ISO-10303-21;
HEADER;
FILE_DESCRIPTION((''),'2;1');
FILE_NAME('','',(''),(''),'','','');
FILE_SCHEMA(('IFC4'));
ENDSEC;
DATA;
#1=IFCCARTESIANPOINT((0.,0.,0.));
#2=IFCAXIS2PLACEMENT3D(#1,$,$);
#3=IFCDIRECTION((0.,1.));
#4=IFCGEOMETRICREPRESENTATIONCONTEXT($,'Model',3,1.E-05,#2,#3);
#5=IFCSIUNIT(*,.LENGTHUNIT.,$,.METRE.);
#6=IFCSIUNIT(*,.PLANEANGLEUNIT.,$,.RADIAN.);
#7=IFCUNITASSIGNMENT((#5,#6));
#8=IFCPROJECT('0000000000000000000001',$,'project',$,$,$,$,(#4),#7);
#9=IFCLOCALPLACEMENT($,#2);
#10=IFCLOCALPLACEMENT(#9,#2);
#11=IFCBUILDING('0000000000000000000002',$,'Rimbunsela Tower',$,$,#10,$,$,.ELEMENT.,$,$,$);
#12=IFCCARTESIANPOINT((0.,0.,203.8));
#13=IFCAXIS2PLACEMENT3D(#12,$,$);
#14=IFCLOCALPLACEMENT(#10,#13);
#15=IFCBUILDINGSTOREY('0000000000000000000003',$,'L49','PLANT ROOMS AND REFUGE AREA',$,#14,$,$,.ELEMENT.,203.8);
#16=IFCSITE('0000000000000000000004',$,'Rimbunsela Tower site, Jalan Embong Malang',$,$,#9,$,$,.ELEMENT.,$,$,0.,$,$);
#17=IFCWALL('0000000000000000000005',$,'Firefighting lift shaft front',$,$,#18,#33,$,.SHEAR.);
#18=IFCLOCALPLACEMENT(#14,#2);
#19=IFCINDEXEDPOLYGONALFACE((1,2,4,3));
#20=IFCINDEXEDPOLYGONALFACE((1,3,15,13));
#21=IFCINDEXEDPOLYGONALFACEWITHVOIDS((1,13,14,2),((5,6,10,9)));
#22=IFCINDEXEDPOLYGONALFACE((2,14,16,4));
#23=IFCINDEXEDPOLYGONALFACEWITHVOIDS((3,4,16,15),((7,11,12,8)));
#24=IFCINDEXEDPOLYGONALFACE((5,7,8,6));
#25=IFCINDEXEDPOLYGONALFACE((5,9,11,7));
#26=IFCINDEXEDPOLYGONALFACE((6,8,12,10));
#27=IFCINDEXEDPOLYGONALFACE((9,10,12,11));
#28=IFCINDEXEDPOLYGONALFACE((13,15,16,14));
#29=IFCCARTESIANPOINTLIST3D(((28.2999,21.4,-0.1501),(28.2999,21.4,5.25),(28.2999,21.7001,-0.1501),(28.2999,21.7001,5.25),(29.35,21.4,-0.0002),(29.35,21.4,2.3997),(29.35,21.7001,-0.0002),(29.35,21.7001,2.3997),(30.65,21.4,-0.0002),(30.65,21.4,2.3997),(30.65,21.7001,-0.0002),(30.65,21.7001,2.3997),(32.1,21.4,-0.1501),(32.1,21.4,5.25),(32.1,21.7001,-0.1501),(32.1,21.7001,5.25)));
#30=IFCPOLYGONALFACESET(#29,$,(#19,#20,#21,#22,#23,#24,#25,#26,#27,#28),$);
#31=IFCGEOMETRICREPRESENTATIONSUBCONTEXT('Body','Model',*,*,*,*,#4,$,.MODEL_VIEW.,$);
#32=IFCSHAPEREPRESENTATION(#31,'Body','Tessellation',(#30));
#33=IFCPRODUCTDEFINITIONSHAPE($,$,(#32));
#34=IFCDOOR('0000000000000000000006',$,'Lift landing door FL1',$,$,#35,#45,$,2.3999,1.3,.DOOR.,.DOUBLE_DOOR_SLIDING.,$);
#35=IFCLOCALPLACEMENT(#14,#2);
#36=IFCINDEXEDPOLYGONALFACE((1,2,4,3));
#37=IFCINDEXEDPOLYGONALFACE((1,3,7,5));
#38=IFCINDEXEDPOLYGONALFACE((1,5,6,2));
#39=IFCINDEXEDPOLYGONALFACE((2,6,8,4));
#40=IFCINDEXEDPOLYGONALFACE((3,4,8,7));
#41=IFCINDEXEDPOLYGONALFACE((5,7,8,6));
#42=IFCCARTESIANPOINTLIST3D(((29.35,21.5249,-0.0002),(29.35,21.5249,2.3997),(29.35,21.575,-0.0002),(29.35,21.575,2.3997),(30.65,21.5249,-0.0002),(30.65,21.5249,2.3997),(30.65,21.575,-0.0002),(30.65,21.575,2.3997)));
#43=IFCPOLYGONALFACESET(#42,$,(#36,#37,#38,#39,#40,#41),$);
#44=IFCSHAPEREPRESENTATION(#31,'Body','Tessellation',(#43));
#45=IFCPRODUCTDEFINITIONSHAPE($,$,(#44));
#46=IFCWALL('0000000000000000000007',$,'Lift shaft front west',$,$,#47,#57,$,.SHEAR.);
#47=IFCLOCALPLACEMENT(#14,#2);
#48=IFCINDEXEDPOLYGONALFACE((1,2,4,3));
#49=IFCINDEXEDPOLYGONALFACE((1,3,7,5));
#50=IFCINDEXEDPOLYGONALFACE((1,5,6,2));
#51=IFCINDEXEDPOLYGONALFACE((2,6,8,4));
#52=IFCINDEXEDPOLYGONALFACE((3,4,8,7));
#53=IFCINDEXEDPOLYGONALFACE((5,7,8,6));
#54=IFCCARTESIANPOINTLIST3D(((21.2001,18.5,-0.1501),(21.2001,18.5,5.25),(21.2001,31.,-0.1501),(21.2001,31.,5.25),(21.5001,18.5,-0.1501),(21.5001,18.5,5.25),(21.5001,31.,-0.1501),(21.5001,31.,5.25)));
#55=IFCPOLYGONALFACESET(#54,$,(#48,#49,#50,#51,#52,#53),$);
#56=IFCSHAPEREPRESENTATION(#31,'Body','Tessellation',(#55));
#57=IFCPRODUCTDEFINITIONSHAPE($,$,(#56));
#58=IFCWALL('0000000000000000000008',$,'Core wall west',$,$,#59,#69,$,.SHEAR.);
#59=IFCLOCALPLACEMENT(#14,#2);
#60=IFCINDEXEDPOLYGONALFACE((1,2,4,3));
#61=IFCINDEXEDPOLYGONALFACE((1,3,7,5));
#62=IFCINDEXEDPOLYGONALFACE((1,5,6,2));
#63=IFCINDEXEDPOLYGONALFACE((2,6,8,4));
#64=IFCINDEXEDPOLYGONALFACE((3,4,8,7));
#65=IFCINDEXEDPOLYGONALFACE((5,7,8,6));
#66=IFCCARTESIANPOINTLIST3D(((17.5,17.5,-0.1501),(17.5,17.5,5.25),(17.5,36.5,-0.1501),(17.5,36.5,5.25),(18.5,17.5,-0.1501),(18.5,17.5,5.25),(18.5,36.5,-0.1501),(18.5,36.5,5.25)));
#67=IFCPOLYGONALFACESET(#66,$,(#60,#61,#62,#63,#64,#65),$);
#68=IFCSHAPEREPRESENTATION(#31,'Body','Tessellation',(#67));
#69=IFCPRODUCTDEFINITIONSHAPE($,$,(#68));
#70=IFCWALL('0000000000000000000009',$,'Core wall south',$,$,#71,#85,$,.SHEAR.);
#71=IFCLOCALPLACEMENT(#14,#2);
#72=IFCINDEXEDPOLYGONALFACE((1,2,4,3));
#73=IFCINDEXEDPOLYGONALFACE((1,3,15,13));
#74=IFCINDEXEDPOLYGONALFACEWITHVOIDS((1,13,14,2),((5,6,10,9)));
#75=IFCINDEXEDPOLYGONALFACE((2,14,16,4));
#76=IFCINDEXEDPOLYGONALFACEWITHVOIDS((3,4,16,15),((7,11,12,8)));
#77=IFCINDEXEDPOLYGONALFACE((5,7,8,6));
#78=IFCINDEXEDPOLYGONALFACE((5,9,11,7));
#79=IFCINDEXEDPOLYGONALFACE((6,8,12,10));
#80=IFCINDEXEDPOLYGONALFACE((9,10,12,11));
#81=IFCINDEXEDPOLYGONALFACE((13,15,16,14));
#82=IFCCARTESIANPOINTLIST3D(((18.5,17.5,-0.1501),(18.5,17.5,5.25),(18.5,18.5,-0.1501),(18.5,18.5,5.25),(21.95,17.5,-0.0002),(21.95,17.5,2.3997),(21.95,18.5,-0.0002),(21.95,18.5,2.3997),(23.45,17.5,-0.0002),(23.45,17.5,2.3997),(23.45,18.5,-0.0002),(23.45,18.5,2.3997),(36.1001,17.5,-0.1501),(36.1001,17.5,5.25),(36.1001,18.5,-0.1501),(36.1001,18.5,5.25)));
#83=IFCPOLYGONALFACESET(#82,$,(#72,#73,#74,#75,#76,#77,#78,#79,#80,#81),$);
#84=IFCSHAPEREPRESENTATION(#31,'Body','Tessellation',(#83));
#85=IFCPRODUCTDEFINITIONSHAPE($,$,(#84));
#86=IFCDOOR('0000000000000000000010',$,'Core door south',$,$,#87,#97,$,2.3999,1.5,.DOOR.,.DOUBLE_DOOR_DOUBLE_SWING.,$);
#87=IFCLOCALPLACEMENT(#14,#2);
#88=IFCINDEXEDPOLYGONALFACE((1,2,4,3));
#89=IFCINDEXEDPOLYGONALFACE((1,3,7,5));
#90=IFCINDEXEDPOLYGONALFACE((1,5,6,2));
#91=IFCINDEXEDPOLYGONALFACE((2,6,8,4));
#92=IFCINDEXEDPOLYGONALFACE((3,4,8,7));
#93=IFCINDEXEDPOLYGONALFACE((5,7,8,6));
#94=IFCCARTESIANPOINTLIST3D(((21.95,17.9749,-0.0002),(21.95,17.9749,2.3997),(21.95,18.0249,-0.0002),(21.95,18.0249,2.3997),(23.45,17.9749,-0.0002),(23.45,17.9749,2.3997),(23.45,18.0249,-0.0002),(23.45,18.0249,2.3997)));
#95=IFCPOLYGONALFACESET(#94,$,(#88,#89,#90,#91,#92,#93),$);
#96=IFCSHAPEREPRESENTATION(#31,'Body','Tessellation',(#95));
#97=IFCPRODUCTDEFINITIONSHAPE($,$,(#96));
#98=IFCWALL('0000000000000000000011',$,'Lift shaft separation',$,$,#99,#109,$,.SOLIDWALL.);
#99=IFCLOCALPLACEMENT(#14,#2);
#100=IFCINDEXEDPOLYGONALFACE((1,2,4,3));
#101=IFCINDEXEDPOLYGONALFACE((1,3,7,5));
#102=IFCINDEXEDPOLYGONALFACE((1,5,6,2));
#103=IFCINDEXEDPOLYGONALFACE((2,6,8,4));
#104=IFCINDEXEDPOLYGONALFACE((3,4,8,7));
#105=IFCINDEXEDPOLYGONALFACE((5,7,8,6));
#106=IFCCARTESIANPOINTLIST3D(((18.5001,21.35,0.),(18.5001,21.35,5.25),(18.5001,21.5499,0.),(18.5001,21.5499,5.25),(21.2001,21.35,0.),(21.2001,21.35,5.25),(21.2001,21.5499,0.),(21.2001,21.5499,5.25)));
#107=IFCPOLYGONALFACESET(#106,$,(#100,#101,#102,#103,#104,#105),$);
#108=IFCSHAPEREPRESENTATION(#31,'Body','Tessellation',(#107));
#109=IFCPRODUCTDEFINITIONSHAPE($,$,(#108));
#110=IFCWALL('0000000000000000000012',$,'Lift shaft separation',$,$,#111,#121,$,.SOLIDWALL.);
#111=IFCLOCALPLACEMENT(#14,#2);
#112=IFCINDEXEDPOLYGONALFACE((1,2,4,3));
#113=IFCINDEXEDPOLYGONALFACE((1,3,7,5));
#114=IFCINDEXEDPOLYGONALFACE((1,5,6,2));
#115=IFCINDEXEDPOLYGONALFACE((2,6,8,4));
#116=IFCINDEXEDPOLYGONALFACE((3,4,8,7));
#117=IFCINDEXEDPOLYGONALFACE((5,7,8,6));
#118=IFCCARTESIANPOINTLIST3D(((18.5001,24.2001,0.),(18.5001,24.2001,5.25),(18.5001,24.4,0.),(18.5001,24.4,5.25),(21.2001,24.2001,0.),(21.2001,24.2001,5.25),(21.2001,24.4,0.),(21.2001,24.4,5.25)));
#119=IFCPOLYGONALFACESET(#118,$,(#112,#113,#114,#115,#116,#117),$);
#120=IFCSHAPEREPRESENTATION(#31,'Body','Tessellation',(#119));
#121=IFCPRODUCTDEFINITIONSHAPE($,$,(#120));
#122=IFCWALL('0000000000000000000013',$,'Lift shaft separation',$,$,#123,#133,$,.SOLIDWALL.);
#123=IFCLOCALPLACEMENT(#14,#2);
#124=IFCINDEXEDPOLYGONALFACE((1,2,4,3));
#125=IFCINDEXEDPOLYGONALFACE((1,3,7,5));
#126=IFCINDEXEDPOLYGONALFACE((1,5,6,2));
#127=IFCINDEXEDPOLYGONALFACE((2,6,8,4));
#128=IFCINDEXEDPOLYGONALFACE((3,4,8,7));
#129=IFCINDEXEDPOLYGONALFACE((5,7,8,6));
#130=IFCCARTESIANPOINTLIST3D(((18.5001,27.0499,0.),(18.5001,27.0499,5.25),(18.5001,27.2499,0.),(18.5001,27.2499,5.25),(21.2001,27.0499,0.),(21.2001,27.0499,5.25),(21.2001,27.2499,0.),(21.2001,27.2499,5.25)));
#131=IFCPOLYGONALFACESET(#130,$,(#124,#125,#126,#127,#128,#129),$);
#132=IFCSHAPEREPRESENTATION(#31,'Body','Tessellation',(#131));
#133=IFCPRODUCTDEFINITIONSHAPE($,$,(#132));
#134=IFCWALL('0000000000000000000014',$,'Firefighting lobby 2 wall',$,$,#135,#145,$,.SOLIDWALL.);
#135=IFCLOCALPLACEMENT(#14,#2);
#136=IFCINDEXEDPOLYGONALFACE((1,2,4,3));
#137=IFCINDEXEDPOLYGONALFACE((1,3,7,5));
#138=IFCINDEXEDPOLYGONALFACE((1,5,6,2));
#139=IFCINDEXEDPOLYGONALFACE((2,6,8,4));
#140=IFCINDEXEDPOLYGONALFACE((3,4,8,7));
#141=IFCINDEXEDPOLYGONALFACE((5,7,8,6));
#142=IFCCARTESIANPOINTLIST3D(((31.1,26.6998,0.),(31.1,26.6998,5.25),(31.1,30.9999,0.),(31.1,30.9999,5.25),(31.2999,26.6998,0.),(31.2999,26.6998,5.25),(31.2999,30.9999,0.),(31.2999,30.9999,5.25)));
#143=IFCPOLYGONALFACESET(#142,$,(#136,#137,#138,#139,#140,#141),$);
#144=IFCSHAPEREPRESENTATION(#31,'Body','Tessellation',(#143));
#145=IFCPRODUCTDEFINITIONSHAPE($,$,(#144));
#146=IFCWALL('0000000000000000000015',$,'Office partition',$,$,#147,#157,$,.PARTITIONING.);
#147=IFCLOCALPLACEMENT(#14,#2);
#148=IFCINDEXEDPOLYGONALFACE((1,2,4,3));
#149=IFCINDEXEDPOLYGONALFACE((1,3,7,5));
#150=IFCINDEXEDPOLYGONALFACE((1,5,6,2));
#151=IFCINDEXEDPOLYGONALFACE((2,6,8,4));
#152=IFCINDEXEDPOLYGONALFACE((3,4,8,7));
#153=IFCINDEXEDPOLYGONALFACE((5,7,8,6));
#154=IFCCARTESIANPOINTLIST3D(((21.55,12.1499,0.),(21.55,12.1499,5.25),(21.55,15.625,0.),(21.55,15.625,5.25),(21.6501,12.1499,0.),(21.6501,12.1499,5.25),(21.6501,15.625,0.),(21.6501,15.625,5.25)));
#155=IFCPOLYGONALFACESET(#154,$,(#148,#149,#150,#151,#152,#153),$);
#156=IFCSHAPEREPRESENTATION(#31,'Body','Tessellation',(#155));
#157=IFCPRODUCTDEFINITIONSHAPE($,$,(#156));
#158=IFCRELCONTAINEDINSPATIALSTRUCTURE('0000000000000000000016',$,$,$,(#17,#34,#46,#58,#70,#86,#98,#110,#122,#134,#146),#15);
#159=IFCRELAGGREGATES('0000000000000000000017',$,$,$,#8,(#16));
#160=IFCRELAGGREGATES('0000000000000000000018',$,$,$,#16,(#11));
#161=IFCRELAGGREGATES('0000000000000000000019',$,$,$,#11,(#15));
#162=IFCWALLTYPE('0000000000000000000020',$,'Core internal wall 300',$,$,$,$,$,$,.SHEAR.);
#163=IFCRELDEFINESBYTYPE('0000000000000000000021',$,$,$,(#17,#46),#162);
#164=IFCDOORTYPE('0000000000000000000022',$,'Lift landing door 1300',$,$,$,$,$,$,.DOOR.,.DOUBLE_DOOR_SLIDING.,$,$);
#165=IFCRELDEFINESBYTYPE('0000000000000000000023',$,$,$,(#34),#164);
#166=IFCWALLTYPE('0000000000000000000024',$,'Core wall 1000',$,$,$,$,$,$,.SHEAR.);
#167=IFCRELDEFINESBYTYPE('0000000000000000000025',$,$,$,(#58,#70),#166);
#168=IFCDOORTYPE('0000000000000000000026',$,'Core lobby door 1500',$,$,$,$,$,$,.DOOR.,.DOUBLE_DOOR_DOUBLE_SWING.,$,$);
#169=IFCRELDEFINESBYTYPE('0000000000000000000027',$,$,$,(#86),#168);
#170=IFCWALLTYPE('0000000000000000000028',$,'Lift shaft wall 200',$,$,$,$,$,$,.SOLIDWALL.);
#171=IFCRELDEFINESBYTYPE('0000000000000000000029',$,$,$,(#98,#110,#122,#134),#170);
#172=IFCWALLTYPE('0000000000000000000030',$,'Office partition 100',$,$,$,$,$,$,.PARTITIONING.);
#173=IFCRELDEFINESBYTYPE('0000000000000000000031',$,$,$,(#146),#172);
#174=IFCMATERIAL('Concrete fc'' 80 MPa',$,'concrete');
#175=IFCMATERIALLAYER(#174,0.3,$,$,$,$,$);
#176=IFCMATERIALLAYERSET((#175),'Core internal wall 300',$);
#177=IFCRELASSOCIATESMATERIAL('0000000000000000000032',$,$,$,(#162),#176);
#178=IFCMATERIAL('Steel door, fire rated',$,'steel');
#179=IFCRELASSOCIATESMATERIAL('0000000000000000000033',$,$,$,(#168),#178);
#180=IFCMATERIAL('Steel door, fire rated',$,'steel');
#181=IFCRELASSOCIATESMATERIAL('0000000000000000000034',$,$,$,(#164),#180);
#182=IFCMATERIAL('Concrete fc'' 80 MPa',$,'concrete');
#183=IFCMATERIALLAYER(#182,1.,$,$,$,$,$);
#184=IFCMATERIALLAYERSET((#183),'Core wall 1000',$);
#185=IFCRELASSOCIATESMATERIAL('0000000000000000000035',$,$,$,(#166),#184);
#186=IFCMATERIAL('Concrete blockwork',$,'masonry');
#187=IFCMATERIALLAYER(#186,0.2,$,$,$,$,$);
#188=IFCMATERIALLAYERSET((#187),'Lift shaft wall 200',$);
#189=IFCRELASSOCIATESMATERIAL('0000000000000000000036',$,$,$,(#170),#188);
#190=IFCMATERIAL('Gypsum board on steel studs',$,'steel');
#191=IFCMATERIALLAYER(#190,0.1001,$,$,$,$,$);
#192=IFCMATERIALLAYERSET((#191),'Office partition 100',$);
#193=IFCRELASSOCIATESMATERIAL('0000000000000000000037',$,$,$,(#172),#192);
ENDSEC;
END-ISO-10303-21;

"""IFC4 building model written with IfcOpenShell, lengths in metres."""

from ifc_helpers import new_model, si_unit, direction, frame, frame_2d, origin, place, context, subcontext, project, spatial, rectangle, extrude, material, layer, layer_set, type_object, element, fill, save


model = new_model("IFC4")

# Units and contexts
model_context = context("Model", 3, precision=1e-05, world=origin(), true_north=direction((0.0, 1.0)))
body_context = subcontext(model_context, "Body", "Model", "MODEL_VIEW")
ifc_project = project(units=[si_unit("LENGTHUNIT", "METRE"), si_unit("PLANEANGLEUNIT", "RADIAN")], contexts=[model_context])

# Site, building, storey
site_placement = place(None, origin())
site = spatial("IfcSite", under=ifc_project, at=site_placement, Name="Rimbunsela Tower site, Jalan Embong Malang", CompositionType="ELEMENT", RefElevation=0.0)
building_placement = place(site_placement, origin())
building = spatial("IfcBuilding", under=site, at=building_placement, Name="Rimbunsela Tower", CompositionType="ELEMENT")
storey_placement = place(building_placement, frame((0.0, 0.0, 203.8)))
storey = spatial("IfcBuildingStorey", under=building, at=storey_placement, Name="L49", Description="PLANT ROOMS AND REFUGE AREA", CompositionType="ELEMENT", Elevation=203.8)

# Shared definitions
ifc_material_1 = material(Name="Concrete fc' 80 MPa", Category="concrete")
ifc_layer_1 = layer(ifc_material_1, 0.3)
ifc_layer_set_1 = layer_set([ifc_layer_1], Name="Core internal wall 300")
wall_type_1 = type_object("IfcWallType", Name="Core internal wall 300", PredefinedType="SHEAR", material=ifc_layer_set_1)
ifc_material_2 = material(Name="Steel door, fire rated", Category="steel")
door_type_1 = type_object("IfcDoorType", Name="Core lobby door 1500", OperationType="DOUBLE_DOOR_DOUBLE_SWING", PredefinedType="DOOR", material=ifc_material_2)

# Wall, opening, door
wall_1_placement = place(storey_placement, frame((28.3, 21.55, -0.1501), z_axis=(0.0, 0.0, 1.0), x_axis=(1.0, 0.0, 0.0)))
wall_1 = element("IfcWall", 1, at=wall_1_placement, inside=storey, type_object=wall_type_1, Name="Firefighting lift shaft front", PredefinedType="SHEAR", context=body_context, shape_type="SweptSolid", body=[
    extrude(rectangle(XDim=3.8, YDim=0.3, at=frame_2d((1.8999, 0.0))), origin(), (0.0, 0.0, 1.0), 5.4001),
])
opening_1_placement = place(wall_1_placement, frame((1.05, 0.0, 0.1499)))
opening_1 = element("IfcOpeningElement", 2, at=opening_1_placement, cuts=wall_1, PredefinedType="OPENING", context=body_context, shape_type="SweptSolid", body=[
    extrude(rectangle(XDim=1.3, YDim=2.3999, at=frame_2d((0.6499, 1.2))), frame((0.0, 0.1599, 0.0), z_axis=(0.0, -1.0, 0.0), x_axis=(1.0, 0.0, 0.0)), (0.0, 0.0, 1.0), 0.3201),
])
ifc_material_3 = material(Name="Steel door, fire rated", Category="steel")
door_type_2 = type_object("IfcDoorType", Name="Lift landing door 1300", OperationType="DOUBLE_DOOR_SLIDING", PredefinedType="DOOR", material=ifc_material_3)
door_1_placement = place(opening_1_placement, origin())
door_1 = element("IfcDoor", 3, at=door_1_placement, inside=storey, type_object=door_type_2, Name="Lift landing door FL1", OperationType="DOUBLE_DOOR_SLIDING", OverallHeight=2.3999, OverallWidth=1.3, PredefinedType="DOOR", context=body_context, shape_type="SweptSolid", body=[
    extrude(rectangle(XDim=1.3, YDim=2.3999, at=frame_2d((0.6499, 1.2))), frame((0.0, 0.0249, 0.0), z_axis=(0.0, -1.0, 0.0), x_axis=(1.0, 0.0, 0.0)), (0.0, 0.0, 1.0), 0.05),
])
fill(opening_1, door_1)

# Walls
wall_2_placement = place(storey_placement, frame((21.3501, 18.5, -0.1501), z_axis=(0.0, 0.0, 1.0), x_axis=(0.0, 1.0, 0.0)))
element("IfcWall", 4, at=wall_2_placement, inside=storey, type_object=wall_type_1, Name="Lift shaft front west", PredefinedType="SHEAR", context=body_context, shape_type="SweptSolid", body=[
    extrude(rectangle(XDim=12.5, YDim=0.3, at=frame_2d((6.25, 0.0))), origin(), (0.0, 0.0, 1.0), 5.4001),
])
ifc_material_4 = material(Name="Concrete fc' 80 MPa", Category="concrete")
ifc_layer_2 = layer(ifc_material_4, 1.0)
ifc_layer_set_2 = layer_set([ifc_layer_2], Name="Core wall 1000")
wall_type_2 = type_object("IfcWallType", Name="Core wall 1000", PredefinedType="SHEAR", material=ifc_layer_set_2)
wall_3_placement = place(storey_placement, frame((18.0, 17.5, -0.1501), z_axis=(0.0, 0.0, 1.0), x_axis=(0.0, 1.0, 0.0)))
element("IfcWall", 5, at=wall_3_placement, inside=storey, type_object=wall_type_2, Name="Core wall west", PredefinedType="SHEAR", context=body_context, shape_type="SweptSolid", body=[
    extrude(rectangle(XDim=19.0, YDim=1.0, at=frame_2d((9.5, 0.0))), origin(), (0.0, 0.0, 1.0), 5.4001),
])

# Wall, opening, door
wall_4_placement = place(storey_placement, frame((18.5, 18.0, -0.1501), z_axis=(0.0, 0.0, 1.0), x_axis=(1.0, 0.0, 0.0)))
wall_4 = element("IfcWall", 6, at=wall_4_placement, inside=storey, type_object=wall_type_2, Name="Core wall south", PredefinedType="SHEAR", context=body_context, shape_type="SweptSolid", body=[
    extrude(rectangle(XDim=17.6001, YDim=1.0, at=frame_2d((8.8, 0.0))), origin(), (0.0, 0.0, 1.0), 5.4001),
])
opening_2_placement = place(wall_4_placement, frame((3.45, 0.0, 0.1499)))
opening_2 = element("IfcOpeningElement", 7, at=opening_2_placement, cuts=wall_4, PredefinedType="OPENING", context=body_context, shape_type="SweptSolid", body=[
    extrude(rectangle(XDim=1.5, YDim=2.3999, at=frame_2d((0.75, 1.2))), frame((0.0, 0.51, 0.0), z_axis=(0.0, -1.0, 0.0), x_axis=(1.0, 0.0, 0.0)), (0.0, 0.0, 1.0), 1.02),
])
door_2_placement = place(opening_2_placement, origin())
door_2 = element("IfcDoor", 8, at=door_2_placement, inside=storey, type_object=door_type_1, Name="Core door south", OperationType="DOUBLE_DOOR_DOUBLE_SWING", OverallHeight=2.3999, OverallWidth=1.5, PredefinedType="DOOR", context=body_context, shape_type="SweptSolid", body=[
    extrude(rectangle(XDim=1.5, YDim=2.3999, at=frame_2d((0.75, 1.2))), frame((0.0, 0.0249, 0.0), z_axis=(0.0, -1.0, 0.0), x_axis=(1.0, 0.0, 0.0)), (0.0, 0.0, 1.0), 0.05),
])
fill(opening_2, door_2)

# Walls
ifc_material_5 = material(Name="Concrete blockwork", Category="masonry")
ifc_layer_3 = layer(ifc_material_5, 0.2)
ifc_layer_set_3 = layer_set([ifc_layer_3], Name="Lift shaft wall 200")
wall_type_3 = type_object("IfcWallType", Name="Lift shaft wall 200", PredefinedType="SOLIDWALL", material=ifc_layer_set_3)
for number, where, z_axis, x_axis, name in (
    (9, (18.5, 21.45, 0.0), (0.0, 0.0, 1.0), (1.0, 0.0, 0.0), "Lift shaft separation"),
    (10, (18.5, 24.3, 0.0), (0.0, 0.0, 1.0), (1.0, 0.0, 0.0), "Lift shaft separation"),
    (11, (18.5, 27.1499, 0.0), (0.0, 0.0, 1.0), (1.0, 0.0, 0.0), "Lift shaft separation"),
):
    element("IfcWall", number, at=place(storey_placement, frame(where, z_axis=z_axis, x_axis=x_axis)), inside=storey, type_object=wall_type_3, Name=name, PredefinedType="SOLIDWALL", context=body_context, shape_type="SweptSolid", body=[
        extrude(rectangle(XDim=2.7, YDim=0.2, at=frame_2d((1.3501, 0.0))), origin(), (0.0, 0.0, 1.0), 5.25),
    ])
wall_5_placement = place(storey_placement, frame((31.2, 26.7, 0.0), z_axis=(0.0, 0.0, 1.0), x_axis=(0.0, 1.0, 0.0)))
element("IfcWall", 12, at=wall_5_placement, inside=storey, type_object=wall_type_3, Name="Firefighting lobby 2 wall", PredefinedType="SOLIDWALL", context=body_context, shape_type="SweptSolid", body=[
    extrude(rectangle(XDim=4.3, YDim=0.2, at=frame_2d((2.1499, 0.0))), origin(), (0.0, 0.0, 1.0), 5.25),
])
ifc_material_6 = material(Name="Gypsum board on steel studs", Category="steel")
ifc_layer_4 = layer(ifc_material_6, 0.1001)
ifc_layer_set_4 = layer_set([ifc_layer_4], Name="Office partition 100")
wall_type_4 = type_object("IfcWallType", Name="Office partition 100", PredefinedType="PARTITIONING", material=ifc_layer_set_4)
wall_6_placement = place(storey_placement, frame((21.6001, 12.1499, 0.0), z_axis=(0.0, 0.0, 1.0), x_axis=(0.0, 1.0, 0.0)))
element("IfcWall", 13, at=wall_6_placement, inside=storey, type_object=wall_type_4, Name="Office partition", PredefinedType="PARTITIONING", context=body_context, shape_type="SweptSolid", body=[
    extrude(rectangle(XDim=3.4751, YDim=0.1001, at=frame_2d((1.7375, 0.0))), origin(), (0.0, 0.0, 1.0), 5.25),
])

save(model, "model.ifc")
